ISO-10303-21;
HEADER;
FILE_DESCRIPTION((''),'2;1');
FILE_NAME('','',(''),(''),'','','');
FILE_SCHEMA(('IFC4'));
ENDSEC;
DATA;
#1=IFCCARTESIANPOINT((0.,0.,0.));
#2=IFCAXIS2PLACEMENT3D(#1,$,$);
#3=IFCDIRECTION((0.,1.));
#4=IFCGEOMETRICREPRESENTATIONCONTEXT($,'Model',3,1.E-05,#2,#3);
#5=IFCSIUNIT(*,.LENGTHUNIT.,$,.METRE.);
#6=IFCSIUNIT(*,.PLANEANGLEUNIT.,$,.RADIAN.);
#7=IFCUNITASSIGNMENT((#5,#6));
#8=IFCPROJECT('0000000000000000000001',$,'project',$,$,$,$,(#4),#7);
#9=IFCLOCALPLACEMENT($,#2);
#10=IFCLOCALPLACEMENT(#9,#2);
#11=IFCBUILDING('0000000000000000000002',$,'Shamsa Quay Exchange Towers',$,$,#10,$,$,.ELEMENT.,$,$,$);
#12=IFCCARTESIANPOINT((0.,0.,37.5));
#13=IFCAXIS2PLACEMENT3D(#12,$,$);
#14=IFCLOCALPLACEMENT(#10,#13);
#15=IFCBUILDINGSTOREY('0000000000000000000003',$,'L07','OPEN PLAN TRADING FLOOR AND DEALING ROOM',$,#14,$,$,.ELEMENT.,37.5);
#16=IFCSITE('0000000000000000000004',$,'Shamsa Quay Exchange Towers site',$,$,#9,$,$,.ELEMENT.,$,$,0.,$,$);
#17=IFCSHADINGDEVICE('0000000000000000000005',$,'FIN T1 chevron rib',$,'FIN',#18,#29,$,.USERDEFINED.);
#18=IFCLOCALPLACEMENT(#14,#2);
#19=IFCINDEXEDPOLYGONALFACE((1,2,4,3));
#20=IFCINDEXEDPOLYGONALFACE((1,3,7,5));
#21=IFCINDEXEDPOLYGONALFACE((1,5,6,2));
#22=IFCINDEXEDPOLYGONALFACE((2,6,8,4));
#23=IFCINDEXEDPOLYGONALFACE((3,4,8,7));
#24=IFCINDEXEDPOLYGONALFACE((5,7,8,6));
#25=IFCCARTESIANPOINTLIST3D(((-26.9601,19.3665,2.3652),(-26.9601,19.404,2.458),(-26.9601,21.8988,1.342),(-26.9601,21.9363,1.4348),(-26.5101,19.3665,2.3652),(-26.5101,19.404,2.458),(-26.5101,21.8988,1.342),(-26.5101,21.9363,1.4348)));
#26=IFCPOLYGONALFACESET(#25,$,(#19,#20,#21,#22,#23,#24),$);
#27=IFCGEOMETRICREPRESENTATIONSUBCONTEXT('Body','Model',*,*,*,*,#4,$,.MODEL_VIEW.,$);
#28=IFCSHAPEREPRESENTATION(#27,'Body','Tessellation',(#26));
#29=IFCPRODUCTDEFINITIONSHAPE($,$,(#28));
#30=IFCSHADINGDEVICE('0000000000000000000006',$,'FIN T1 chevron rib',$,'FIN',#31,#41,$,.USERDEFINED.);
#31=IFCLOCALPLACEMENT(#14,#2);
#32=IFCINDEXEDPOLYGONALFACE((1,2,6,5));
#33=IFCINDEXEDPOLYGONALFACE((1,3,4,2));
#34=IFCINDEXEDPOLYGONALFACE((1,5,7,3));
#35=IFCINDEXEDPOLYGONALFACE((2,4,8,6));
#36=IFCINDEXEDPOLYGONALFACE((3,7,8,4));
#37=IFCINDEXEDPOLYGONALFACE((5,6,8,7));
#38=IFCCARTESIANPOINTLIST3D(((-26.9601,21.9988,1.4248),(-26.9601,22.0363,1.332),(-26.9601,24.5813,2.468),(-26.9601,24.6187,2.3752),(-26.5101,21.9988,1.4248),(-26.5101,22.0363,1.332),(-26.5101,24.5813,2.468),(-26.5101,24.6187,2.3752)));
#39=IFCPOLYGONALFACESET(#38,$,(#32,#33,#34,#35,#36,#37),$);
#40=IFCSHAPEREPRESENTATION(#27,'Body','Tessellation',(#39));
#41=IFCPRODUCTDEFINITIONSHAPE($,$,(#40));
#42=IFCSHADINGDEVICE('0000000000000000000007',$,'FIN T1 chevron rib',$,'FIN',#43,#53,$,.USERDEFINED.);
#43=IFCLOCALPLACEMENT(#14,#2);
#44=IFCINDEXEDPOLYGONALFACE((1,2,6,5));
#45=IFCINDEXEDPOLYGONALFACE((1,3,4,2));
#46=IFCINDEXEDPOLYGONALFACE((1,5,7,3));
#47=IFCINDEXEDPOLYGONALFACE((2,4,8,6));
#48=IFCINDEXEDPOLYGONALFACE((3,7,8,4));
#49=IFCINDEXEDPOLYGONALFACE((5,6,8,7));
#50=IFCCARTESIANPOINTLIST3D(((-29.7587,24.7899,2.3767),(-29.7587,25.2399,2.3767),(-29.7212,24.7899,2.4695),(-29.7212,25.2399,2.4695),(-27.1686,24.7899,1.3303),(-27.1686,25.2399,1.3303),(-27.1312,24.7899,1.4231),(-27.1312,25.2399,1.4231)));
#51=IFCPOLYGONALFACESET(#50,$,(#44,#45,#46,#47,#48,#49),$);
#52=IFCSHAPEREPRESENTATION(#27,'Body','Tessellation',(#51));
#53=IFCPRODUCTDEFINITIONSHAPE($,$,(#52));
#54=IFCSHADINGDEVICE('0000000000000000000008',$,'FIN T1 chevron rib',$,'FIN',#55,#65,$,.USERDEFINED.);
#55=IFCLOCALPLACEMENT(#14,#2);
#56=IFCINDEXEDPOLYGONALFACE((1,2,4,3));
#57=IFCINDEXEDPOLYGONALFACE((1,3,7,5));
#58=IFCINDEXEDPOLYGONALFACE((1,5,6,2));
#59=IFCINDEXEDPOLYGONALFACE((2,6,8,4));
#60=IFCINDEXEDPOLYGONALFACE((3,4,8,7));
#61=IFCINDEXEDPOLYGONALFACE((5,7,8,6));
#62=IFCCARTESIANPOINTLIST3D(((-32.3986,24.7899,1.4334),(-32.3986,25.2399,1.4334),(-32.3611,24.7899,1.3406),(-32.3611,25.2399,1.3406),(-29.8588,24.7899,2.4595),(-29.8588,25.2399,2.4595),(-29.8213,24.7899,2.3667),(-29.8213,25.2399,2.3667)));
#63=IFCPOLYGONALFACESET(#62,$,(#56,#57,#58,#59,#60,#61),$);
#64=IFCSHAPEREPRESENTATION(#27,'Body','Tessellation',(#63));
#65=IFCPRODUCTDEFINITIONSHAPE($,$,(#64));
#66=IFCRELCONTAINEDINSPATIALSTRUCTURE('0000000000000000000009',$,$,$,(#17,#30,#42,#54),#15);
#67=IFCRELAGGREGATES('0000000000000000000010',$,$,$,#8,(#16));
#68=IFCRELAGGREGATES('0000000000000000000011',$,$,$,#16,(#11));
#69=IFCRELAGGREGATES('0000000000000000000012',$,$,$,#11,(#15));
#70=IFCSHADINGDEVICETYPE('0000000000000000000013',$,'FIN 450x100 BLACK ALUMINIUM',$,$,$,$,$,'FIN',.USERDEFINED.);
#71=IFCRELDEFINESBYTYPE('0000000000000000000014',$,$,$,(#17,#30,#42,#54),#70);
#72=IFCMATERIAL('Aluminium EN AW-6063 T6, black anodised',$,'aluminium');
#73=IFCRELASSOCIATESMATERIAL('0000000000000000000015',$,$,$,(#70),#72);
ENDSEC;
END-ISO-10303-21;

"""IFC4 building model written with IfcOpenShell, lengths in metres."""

from ifc_helpers import new_model, si_unit, direction, frame, origin, origin_2d, place, context, subcontext, project, spatial, rectangle, extrude, material, material_profile, profile_set, type_object, element, save


model = new_model("IFC4")

# Units and contexts
model_context = context("Model", 3, precision=1e-05, world=origin(), true_north=direction((0.0, 1.0)))
body_context = subcontext(model_context, "Body", "Model", "MODEL_VIEW")
ifc_project = project(units=[si_unit("LENGTHUNIT", "METRE"), si_unit("PLANEANGLEUNIT", "RADIAN")], contexts=[model_context])

# Site, building, storey
site_placement = place(None, origin())
site = spatial("IfcSite", under=ifc_project, at=site_placement, Name="Shamsa Quay Exchange Towers site", CompositionType="ELEMENT", RefElevation=0.0)
building_placement = place(site_placement, origin())
building = spatial("IfcBuilding", under=site, at=building_placement, Name="Shamsa Quay Exchange Towers", CompositionType="ELEMENT")
storey_placement = place(building_placement, frame((0.0, 0.0, 37.5)))
storey = spatial("IfcBuildingStorey", under=building, at=storey_placement, Name="L07", Description="OPEN PLAN TRADING FLOOR AND DEALING ROOM", CompositionType="ELEMENT", Elevation=37.5)

# Shared definitions
ifc_material_1 = material(Name="Aluminium EN AW-6063 T6, black anodised", Category="aluminium")

# Shading devices
ifc_material_profile_1 = material_profile(ifc_material_1, rectangle(XDim=0.45, YDim=0.1001, at=origin_2d()), Name="FIN450x100")
ifc_profile_set_1 = profile_set([ifc_material_profile_1], Name="Aluminium EN AW-6063 T6, black anodised")
shading_device_type = type_object("IfcShadingDeviceType", Name="FIN 450x100 BLACK ALUMINIUM", ElementType="FIN", PredefinedType="USERDEFINED", material=ifc_profile_set_1)
shading_device_1_placement = place(storey_placement, frame((-26.7351, 19.3853, 2.4116), z_axis=(0.0, 0.92717, -0.37464), x_axis=(-1.0, 0.0, 0.0)))
element("IfcShadingDevice", 1, at=shading_device_1_placement, inside=storey, type_object=shading_device_type, Name="FIN T1 chevron rib", ObjectType="FIN", PredefinedType="USERDEFINED", context=body_context, shape_type="SweptSolid", body=[
    extrude(rectangle(XDim=0.45, YDim=0.1001, at=origin_2d()), origin(), (0.0, 0.0, 1.0), 2.7312),
])
shading_device_2_placement = place(storey_placement, frame((-26.7351, 22.0176, 1.3784), z_axis=(0.0, 0.927208, 0.374547), x_axis=(-1.0, 0.0, 0.0)))
element("IfcShadingDevice", 2, at=shading_device_2_placement, inside=storey, type_object=shading_device_type, Name="FIN T1 chevron rib", ObjectType="FIN", PredefinedType="USERDEFINED", context=body_context, shape_type="SweptSolid", body=[
    extrude(rectangle(XDim=0.45, YDim=0.1001, at=origin_2d()), origin(), (0.0, 0.0, 1.0), 2.7852),
])
shading_device_3_placement = place(storey_placement, frame((-27.1499, 25.0149, 1.3767), z_axis=(-0.927193, 0.0, 0.374583), x_axis=(0.0, -1.0, 0.0)))
element("IfcShadingDevice", 3, at=shading_device_3_placement, inside=storey, type_object=shading_device_type, Name="FIN T1 chevron rib", ObjectType="FIN", PredefinedType="USERDEFINED", context=body_context, shape_type="SweptSolid", body=[
    extrude(rectangle(XDim=0.45, YDim=0.1001, at=origin_2d()), origin(), (0.0, 0.0, 1.0), 2.7935),
])
shading_device_4_placement = place(storey_placement, frame((-29.8401, 25.0149, 2.4131), z_axis=(-0.927186, 0.0, -0.3746), x_axis=(0.0, -1.0, 0.0)))
element("IfcShadingDevice", 4, at=shading_device_4_placement, inside=storey, type_object=shading_device_type, Name="FIN T1 chevron rib", ObjectType="FIN", PredefinedType="USERDEFINED", context=body_context, shape_type="SweptSolid", body=[
    extrude(rectangle(XDim=0.45, YDim=0.1001, at=origin_2d()), origin(), (0.0, 0.0, 1.0), 2.7393),
])

save(model, "model.ifc")
